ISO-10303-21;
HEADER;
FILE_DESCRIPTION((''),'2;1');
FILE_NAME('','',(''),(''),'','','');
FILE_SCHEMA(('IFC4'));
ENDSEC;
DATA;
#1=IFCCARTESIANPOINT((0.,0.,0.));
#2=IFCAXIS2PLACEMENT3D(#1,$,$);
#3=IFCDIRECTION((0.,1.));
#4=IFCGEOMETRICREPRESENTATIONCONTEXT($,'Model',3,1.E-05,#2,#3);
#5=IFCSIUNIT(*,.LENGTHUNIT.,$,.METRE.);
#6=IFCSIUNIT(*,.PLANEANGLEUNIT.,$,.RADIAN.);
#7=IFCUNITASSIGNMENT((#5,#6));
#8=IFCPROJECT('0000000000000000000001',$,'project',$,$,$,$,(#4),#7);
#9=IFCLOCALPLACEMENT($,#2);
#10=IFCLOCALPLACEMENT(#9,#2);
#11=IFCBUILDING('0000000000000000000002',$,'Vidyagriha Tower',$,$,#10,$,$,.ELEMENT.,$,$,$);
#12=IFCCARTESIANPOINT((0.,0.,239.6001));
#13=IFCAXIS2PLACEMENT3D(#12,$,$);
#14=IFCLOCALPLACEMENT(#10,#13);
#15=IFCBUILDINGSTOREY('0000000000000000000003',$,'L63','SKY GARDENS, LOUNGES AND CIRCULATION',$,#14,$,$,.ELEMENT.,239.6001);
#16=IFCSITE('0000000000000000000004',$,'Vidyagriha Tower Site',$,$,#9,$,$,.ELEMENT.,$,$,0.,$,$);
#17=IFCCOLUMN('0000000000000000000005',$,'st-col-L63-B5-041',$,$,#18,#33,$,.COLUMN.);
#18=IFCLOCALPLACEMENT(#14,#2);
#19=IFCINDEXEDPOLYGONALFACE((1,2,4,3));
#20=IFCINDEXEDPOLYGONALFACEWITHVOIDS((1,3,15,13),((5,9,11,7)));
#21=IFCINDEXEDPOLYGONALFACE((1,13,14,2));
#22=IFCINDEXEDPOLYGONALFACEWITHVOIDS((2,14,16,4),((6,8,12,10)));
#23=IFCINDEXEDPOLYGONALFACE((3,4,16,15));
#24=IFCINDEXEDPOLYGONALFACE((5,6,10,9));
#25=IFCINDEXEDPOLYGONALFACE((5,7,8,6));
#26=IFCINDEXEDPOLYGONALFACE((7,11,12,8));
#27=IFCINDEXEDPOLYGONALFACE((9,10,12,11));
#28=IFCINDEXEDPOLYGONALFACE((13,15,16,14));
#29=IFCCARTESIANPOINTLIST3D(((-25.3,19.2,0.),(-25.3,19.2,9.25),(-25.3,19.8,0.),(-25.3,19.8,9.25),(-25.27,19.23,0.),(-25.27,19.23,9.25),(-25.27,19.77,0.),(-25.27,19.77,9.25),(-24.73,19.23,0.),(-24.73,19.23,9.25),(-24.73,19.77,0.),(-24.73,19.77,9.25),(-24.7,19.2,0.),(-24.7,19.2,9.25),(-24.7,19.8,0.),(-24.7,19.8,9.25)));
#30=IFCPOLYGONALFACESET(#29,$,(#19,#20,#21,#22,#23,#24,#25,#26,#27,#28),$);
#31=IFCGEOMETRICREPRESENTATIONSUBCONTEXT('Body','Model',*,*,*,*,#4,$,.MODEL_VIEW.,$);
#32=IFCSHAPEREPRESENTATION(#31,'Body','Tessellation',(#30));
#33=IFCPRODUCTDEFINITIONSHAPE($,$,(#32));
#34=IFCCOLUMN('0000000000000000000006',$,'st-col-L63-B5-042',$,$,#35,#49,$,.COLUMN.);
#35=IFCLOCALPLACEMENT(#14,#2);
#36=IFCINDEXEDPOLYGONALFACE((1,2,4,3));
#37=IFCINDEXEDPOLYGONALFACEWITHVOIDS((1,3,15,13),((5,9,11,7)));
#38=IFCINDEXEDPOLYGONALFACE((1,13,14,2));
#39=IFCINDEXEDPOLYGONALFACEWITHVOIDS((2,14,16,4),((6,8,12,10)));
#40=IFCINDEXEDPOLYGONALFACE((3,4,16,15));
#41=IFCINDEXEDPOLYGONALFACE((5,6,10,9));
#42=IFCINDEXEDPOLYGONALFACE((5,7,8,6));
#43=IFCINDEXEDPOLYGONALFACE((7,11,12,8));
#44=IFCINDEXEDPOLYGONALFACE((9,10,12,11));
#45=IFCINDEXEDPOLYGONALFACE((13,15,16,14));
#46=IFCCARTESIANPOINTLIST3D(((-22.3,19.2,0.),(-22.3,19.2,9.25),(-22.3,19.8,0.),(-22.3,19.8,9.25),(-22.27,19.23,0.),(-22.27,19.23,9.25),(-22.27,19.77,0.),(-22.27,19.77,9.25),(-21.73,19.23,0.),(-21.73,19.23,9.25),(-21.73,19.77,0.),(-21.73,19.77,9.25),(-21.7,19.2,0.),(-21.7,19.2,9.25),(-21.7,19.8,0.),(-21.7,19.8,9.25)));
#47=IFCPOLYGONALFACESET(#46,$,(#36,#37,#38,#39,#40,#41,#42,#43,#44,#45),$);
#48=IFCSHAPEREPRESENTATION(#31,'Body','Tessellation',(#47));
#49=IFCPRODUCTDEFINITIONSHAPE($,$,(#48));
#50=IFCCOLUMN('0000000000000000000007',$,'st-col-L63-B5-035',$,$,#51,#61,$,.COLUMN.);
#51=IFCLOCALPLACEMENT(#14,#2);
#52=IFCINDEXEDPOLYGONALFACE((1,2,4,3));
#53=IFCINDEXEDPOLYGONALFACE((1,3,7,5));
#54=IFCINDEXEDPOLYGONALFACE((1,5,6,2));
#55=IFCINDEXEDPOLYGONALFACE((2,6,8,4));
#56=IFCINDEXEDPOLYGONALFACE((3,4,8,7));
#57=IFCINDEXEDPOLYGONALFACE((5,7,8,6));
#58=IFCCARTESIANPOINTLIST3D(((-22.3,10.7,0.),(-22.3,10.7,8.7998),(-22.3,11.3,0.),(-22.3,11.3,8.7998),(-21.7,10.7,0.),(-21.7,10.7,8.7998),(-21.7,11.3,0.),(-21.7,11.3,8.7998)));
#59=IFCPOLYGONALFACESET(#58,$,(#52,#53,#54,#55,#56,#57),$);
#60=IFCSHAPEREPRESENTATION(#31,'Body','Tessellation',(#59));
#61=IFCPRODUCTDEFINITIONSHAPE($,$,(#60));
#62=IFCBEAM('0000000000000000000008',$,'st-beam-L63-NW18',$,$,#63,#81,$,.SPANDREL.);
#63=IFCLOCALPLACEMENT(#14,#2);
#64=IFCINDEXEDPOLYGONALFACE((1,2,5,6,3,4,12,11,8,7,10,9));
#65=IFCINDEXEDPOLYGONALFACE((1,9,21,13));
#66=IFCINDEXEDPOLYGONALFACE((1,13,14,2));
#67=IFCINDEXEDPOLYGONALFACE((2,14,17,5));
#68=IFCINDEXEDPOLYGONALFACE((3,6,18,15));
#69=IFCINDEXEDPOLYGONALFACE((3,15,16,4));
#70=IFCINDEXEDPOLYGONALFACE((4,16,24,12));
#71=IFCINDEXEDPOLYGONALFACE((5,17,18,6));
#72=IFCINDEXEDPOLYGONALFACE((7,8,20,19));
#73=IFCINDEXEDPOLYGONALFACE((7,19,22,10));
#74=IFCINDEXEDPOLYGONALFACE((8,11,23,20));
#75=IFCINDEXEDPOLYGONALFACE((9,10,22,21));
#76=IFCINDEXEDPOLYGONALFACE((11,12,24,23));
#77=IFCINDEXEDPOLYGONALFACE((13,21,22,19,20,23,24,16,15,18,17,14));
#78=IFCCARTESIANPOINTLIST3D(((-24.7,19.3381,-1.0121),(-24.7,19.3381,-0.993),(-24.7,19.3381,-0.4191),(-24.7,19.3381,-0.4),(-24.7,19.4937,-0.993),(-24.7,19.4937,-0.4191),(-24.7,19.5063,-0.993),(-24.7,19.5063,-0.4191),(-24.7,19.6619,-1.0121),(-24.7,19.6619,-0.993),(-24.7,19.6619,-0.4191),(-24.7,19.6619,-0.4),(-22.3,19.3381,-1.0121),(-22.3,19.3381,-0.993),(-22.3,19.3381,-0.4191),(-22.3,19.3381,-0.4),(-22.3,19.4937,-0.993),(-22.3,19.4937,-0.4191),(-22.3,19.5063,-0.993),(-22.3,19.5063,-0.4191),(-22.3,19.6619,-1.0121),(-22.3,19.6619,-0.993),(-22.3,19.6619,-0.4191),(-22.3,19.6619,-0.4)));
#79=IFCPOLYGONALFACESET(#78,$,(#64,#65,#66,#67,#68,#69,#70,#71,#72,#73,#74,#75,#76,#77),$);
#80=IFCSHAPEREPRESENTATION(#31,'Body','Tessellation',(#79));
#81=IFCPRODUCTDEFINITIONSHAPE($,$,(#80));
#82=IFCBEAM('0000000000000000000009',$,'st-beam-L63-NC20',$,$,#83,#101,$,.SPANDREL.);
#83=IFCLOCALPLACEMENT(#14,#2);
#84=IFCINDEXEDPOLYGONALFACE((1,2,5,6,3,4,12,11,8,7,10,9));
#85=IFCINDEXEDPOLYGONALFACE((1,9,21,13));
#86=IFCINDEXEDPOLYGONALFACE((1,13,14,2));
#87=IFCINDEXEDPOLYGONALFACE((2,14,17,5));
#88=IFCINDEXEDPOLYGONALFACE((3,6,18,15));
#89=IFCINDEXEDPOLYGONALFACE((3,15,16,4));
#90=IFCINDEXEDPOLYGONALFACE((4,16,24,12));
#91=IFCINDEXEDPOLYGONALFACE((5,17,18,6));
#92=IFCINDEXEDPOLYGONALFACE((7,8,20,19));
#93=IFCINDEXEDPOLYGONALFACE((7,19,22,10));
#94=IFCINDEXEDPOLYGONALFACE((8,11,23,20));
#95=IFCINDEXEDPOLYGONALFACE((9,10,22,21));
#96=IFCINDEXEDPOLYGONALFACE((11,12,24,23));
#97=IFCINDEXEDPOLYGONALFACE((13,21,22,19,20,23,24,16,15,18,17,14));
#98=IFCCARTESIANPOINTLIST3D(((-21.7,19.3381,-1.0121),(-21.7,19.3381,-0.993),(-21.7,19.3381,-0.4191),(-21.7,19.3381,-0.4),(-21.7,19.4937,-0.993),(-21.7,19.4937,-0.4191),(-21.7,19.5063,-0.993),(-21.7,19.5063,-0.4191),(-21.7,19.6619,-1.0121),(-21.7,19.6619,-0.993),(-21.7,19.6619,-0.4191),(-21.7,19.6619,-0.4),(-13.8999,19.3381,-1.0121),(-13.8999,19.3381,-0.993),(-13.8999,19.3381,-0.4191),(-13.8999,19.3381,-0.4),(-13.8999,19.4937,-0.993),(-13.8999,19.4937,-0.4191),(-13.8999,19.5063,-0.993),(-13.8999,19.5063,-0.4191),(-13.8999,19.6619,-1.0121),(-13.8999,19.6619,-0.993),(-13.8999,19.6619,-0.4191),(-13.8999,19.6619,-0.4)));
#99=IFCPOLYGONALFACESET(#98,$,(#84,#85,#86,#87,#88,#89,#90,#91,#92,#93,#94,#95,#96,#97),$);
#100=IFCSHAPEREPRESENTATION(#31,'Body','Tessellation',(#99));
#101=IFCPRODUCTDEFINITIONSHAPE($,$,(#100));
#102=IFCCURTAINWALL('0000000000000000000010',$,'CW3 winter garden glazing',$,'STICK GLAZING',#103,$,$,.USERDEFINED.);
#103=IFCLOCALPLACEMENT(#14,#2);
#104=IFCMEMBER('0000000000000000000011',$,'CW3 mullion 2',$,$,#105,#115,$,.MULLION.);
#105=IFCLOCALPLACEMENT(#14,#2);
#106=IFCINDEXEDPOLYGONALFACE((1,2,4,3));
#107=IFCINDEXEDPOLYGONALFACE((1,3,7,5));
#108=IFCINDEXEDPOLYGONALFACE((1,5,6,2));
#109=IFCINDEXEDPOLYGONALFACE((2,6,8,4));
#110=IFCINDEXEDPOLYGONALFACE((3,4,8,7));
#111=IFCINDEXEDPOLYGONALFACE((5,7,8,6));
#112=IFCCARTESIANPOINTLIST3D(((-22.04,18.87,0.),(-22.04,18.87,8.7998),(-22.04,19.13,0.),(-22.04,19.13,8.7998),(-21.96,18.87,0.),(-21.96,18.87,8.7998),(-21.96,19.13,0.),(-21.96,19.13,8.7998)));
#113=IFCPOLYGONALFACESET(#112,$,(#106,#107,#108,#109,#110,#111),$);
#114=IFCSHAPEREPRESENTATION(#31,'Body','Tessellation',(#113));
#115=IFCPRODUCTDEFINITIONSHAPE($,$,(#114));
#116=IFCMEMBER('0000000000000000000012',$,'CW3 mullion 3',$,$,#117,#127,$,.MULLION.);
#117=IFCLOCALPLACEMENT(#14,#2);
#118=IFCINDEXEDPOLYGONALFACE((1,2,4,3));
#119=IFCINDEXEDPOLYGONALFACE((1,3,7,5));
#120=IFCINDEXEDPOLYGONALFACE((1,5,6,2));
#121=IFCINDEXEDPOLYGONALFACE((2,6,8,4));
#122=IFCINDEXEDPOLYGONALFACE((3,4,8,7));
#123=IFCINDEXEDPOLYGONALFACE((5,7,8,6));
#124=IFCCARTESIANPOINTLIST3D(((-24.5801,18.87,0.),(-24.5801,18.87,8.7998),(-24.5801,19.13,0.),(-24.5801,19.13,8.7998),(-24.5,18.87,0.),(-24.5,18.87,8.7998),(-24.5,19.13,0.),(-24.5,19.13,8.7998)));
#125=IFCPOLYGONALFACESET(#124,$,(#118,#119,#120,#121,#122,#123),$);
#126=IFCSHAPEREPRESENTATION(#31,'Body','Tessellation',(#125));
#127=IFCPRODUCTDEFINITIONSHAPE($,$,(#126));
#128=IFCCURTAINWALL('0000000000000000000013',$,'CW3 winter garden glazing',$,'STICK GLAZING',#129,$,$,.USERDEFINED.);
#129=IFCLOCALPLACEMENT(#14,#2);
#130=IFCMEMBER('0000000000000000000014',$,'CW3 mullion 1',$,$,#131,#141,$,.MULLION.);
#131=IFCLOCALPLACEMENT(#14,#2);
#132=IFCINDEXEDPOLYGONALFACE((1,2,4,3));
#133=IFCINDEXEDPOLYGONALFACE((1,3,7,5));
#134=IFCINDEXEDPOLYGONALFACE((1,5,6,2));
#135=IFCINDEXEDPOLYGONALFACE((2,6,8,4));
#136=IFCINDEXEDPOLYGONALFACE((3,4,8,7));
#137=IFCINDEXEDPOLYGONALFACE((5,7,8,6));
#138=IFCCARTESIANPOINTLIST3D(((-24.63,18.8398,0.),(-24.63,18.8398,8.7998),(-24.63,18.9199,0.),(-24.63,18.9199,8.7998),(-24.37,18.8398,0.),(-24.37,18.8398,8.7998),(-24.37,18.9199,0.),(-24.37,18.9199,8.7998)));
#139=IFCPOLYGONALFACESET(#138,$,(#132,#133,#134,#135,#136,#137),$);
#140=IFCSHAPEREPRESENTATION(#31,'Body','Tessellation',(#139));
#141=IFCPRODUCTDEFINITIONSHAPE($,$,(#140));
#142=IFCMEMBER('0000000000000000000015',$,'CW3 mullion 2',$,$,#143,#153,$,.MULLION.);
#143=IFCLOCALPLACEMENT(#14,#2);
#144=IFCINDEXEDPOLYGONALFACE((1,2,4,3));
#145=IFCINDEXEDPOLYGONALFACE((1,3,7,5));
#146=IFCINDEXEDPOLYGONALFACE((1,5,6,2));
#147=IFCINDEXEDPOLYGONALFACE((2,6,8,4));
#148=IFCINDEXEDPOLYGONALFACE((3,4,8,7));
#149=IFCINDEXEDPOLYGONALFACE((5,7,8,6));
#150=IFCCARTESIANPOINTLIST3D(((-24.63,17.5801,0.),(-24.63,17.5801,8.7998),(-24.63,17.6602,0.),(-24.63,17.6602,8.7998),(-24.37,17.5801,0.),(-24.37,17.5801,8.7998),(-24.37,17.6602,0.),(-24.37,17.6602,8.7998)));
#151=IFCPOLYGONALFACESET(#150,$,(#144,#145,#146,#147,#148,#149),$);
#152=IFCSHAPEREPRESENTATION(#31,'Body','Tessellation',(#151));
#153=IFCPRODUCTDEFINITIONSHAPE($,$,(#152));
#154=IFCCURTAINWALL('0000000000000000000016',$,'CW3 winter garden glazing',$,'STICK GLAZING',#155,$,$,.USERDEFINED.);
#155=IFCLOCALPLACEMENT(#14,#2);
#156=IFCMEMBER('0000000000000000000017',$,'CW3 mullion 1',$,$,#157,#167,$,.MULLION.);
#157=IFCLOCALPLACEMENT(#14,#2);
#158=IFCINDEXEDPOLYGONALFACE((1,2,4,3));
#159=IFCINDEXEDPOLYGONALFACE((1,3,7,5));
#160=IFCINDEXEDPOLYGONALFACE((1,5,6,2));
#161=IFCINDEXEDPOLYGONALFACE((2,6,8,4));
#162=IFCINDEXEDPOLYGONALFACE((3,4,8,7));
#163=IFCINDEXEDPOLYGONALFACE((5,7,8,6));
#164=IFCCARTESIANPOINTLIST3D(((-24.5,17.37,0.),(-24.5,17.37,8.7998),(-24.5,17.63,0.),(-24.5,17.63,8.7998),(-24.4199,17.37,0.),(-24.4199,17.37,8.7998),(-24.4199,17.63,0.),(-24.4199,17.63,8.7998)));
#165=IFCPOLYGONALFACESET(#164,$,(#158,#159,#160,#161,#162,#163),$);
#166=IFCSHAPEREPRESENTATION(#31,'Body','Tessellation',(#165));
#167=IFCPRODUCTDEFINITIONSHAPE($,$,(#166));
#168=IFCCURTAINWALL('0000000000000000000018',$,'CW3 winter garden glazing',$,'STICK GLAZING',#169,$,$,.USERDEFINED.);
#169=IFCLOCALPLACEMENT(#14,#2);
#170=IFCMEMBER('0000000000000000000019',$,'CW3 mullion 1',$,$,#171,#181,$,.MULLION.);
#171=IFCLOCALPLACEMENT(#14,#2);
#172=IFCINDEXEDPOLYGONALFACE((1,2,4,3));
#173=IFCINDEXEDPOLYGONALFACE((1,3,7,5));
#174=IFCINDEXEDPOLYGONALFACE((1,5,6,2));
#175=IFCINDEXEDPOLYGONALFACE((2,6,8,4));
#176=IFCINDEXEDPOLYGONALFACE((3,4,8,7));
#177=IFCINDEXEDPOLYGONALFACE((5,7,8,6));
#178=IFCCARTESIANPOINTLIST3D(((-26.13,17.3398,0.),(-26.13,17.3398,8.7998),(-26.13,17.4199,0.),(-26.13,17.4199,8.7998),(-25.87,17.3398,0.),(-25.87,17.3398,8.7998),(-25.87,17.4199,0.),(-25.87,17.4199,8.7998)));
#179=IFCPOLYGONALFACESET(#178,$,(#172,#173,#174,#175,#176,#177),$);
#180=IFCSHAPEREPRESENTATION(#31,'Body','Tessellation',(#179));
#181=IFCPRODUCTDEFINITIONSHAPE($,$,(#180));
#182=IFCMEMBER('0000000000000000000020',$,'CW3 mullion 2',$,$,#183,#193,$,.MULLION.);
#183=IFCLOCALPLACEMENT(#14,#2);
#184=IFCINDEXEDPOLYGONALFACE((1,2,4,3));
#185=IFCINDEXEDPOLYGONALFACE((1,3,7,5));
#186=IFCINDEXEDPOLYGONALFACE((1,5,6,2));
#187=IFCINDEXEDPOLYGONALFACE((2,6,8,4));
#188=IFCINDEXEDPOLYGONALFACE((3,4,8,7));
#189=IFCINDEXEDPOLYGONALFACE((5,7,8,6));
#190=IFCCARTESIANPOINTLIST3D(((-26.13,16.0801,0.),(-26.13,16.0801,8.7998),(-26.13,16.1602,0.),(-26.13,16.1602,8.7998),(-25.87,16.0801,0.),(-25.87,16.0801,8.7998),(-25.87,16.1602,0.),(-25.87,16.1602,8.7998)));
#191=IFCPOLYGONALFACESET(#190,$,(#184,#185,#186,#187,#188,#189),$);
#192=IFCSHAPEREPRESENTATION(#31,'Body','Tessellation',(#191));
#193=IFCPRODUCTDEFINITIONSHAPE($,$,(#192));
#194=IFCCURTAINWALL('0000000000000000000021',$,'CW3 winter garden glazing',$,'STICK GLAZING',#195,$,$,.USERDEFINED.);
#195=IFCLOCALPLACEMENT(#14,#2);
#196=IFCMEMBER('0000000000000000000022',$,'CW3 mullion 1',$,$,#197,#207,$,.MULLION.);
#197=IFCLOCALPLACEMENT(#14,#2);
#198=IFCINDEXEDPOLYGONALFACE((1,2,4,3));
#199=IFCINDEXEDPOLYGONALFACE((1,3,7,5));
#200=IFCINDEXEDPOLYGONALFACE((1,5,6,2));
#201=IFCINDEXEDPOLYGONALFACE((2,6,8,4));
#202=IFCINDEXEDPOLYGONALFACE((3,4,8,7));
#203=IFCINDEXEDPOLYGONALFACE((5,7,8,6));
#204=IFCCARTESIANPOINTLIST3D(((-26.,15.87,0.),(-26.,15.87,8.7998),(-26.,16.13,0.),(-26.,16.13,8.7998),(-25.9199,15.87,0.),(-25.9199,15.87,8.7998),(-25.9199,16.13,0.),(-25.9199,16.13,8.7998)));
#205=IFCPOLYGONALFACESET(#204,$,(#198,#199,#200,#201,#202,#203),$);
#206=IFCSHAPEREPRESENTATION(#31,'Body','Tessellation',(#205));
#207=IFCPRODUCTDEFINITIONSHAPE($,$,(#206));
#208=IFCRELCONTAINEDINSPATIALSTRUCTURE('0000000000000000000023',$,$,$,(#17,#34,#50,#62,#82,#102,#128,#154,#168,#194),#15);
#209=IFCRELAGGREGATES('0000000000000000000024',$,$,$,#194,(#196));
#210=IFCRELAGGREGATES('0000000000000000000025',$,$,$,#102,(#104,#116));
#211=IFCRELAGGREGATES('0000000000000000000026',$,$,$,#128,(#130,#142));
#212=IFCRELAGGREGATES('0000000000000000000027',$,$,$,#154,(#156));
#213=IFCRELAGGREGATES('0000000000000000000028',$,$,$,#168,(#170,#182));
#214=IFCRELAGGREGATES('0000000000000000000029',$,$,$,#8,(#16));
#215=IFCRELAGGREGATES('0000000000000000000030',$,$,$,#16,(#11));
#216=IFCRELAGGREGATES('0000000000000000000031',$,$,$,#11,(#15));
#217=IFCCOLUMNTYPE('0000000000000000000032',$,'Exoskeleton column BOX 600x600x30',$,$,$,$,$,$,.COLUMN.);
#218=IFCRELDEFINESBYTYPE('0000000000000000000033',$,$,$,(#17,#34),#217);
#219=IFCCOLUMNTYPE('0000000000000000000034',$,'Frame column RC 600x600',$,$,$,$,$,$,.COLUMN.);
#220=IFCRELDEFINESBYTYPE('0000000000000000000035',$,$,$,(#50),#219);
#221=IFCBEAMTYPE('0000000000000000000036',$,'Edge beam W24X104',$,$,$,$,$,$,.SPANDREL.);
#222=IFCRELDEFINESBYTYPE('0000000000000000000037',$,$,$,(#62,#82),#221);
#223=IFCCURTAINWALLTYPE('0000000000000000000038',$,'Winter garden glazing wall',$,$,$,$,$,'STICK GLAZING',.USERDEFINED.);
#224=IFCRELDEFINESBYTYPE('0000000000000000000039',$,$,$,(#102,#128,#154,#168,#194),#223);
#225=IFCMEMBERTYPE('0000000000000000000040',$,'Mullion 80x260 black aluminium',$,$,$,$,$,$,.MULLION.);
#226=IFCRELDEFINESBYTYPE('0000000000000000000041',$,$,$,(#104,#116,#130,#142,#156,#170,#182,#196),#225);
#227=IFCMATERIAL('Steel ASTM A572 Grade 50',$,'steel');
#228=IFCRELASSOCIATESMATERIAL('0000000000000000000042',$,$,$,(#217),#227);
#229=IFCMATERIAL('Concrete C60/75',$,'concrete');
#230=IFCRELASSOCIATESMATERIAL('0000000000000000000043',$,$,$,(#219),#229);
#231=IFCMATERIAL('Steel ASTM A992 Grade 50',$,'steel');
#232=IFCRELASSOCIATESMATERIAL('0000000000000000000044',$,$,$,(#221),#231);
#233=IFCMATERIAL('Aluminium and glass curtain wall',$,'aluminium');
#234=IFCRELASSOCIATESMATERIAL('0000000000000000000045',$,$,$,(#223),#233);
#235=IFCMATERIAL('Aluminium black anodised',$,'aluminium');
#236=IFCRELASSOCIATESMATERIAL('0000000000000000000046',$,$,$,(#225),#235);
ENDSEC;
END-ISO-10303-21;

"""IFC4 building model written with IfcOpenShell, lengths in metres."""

from ifc_helpers import new_model, si_unit, direction, frame, origin, origin_2d, place, context, subcontext, project, spatial, rectangle, hollow_rectangle, i_section, extrude, material, material_profile, profile_set, type_object, element, aggregate, save


model = new_model("IFC4")

# Units and contexts
model_context = context("Model", 3, precision=1e-05, world=origin(), true_north=direction((0.0, 1.0)))
body_context = subcontext(model_context, "Body", "Model", "MODEL_VIEW")
ifc_project = project(units=[si_unit("LENGTHUNIT", "METRE"), si_unit("PLANEANGLEUNIT", "RADIAN")], contexts=[model_context])

# Site, building, storey
site_placement = place(None, origin())
site = spatial("IfcSite", under=ifc_project, at=site_placement, Name="Vidyagriha Tower Site", CompositionType="ELEMENT", RefElevation=0.0)
building_placement = place(site_placement, origin())
building = spatial("IfcBuilding", under=site, at=building_placement, Name="Vidyagriha Tower", CompositionType="ELEMENT")
storey_placement = place(building_placement, frame((0.0, 0.0, 239.6001)))
storey = spatial("IfcBuildingStorey", under=building, at=storey_placement, Name="L63", Description="SKY GARDENS, LOUNGES AND CIRCULATION", CompositionType="ELEMENT", Elevation=239.6001)

# Columns
ifc_material_1 = material(Name="Steel ASTM A572 Grade 50", Category="steel")
ifc_material_profile_1 = material_profile(ifc_material_1, hollow_rectangle(XDim=0.6001, YDim=0.6001, WallThickness=0.03, at=origin_2d()), Name="BOX 600x600x30")
ifc_profile_set_1 = profile_set([ifc_material_profile_1], Name="Steel ASTM A572 Grade 50")
column_type_1 = type_object("IfcColumnType", Name="Exoskeleton column BOX 600x600x30", PredefinedType="COLUMN", material=ifc_profile_set_1)
for number, where, name in (
    (1, (-25.0, 19.5, 0.0), "st-col-L63-B5-041"),
    (2, (-22.0, 19.5, 0.0), "st-col-L63-B5-042"),
):
    element("IfcColumn", number, at=place(storey_placement, frame(where)), inside=storey, type_object=column_type_1, Name=name, PredefinedType="COLUMN", context=body_context, shape_type="SweptSolid", body=[
        extrude(hollow_rectangle(XDim=0.6001, YDim=0.6001, WallThickness=0.03, at=origin_2d()), origin(), (0.0, 0.0, 1.0), 9.25),
    ])
ifc_material_2 = material(Name="Concrete C60/75", Category="concrete")
ifc_material_profile_2 = material_profile(ifc_material_2, rectangle(XDim=0.6001, YDim=0.6001, at=origin_2d()), Name="RC 600x600")
ifc_profile_set_2 = profile_set([ifc_material_profile_2], Name="Concrete C60/75")
column_type_2 = type_object("IfcColumnType", Name="Frame column RC 600x600", PredefinedType="COLUMN", material=ifc_profile_set_2)
column_placement = place(storey_placement, frame((-22.0, 11.0, 0.0)))
element("IfcColumn", 3, at=column_placement, inside=storey, type_object=column_type_2, Name="st-col-L63-B5-035", PredefinedType="COLUMN", context=body_context, shape_type="SweptSolid", body=[
    extrude(rectangle(XDim=0.6001, YDim=0.6001, at=origin_2d()), origin(), (0.0, 0.0, 1.0), 8.7998),
])

# Beams
ifc_material_3 = material(Name="Steel ASTM A992 Grade 50", Category="steel")
ifc_material_profile_3 = material_profile(ifc_material_3, i_section(OverallWidth=0.3237, OverallDepth=0.6121, WebThickness=0.0127, FlangeThickness=0.019, at=origin_2d()), Name="W24X104")
ifc_profile_set_3 = profile_set([ifc_material_profile_3], Name="Steel ASTM A992 Grade 50")
beam_type = type_object("IfcBeamType", Name="Edge beam W24X104", PredefinedType="SPANDREL", material=ifc_profile_set_3)
beam_1_placement = place(storey_placement, frame((-24.7, 19.5, -0.7061), z_axis=(1.0, 0.0, 0.0), x_axis=(0.0, 1.0, 0.0)))
element("IfcBeam", 4, at=beam_1_placement, inside=storey, type_object=beam_type, Name="st-beam-L63-NW18", PredefinedType="SPANDREL", context=body_context, shape_type="SweptSolid", body=[
    extrude(i_section(OverallWidth=0.3237, OverallDepth=0.6121, WebThickness=0.0127, FlangeThickness=0.019, at=origin_2d()), origin(), (0.0, 0.0, 1.0), 2.3999),
])
beam_2_placement = place(storey_placement, frame((-21.7, 19.5, -0.7061), z_axis=(1.0, 0.0, 0.0), x_axis=(0.0, 1.0, 0.0)))
element("IfcBeam", 5, at=beam_2_placement, inside=storey, type_object=beam_type, Name="st-beam-L63-NC20", PredefinedType="SPANDREL", context=body_context, shape_type="SweptSolid", body=[
    extrude(i_section(OverallWidth=0.3237, OverallDepth=0.6121, WebThickness=0.0127, FlangeThickness=0.019, at=origin_2d()), origin(), (0.0, 0.0, 1.0), 7.8),
])

# Curtain walls, members
ifc_material_4 = material(Name="Aluminium and glass curtain wall", Category="aluminium")
curtain_wall_type = type_object("IfcCurtainWallType", Name="Winter garden glazing wall", ElementType="STICK GLAZING", PredefinedType="USERDEFINED", material=ifc_material_4)
curtain_wall_1_placement = place(storey_placement, origin())
curtain_wall_1 = element("IfcCurtainWall", 6, at=curtain_wall_1_placement, inside=storey, type_object=curtain_wall_type, Name="CW3 winter garden glazing", ObjectType="STICK GLAZING", PredefinedType="USERDEFINED")
ifc_material_5 = material(Name="Aluminium black anodised", Category="aluminium")
ifc_material_profile_4 = material_profile(ifc_material_5, rectangle(XDim=0.26, YDim=0.0801, at=origin_2d()), Name="Mullion 80x260 black aluminium")
ifc_profile_set_4 = profile_set([ifc_material_profile_4], Name="Aluminium black anodised")
member_type_1 = type_object("IfcMemberType", Name="Mullion 80x260 black aluminium", PredefinedType="MULLION", material=ifc_profile_set_4)
member_1_placement = place(storey_placement, frame((-22.0, 19.0, 0.0), z_axis=(0.0, 0.0, 1.0), x_axis=(0.0, -1.0, 0.0)))
member_1 = element("IfcMember", 7, at=member_1_placement, type_object=member_type_1, Name="CW3 mullion 2", PredefinedType="MULLION", context=body_context, shape_type="SweptSolid", body=[
    extrude(rectangle(XDim=0.26, YDim=0.0801, at=origin_2d()), origin(), (0.0, 0.0, 1.0), 8.7998),
])
member_2_placement = place(storey_placement, frame((-24.54, 19.0, 0.0), z_axis=(0.0, 0.0, 1.0), x_axis=(0.0, -1.0, 0.0)))
member_2 = element("IfcMember", 8, at=member_2_placement, type_object=member_type_1, Name="CW3 mullion 3", PredefinedType="MULLION", context=body_context, shape_type="SweptSolid", body=[
    extrude(rectangle(XDim=0.26, YDim=0.0801, at=origin_2d()), origin(), (0.0, 0.0, 1.0), 8.7998),
])
curtain_wall_2_placement = place(storey_placement, origin())
curtain_wall_2 = element("IfcCurtainWall", 9, at=curtain_wall_2_placement, inside=storey, type_object=curtain_wall_type, Name="CW3 winter garden glazing", ObjectType="STICK GLAZING", PredefinedType="USERDEFINED")
member_3_placement = place(storey_placement, frame((-24.5, 18.8799, 0.0)))
member_3 = element("IfcMember", 10, at=member_3_placement, type_object=member_type_1, Name="CW3 mullion 1", PredefinedType="MULLION", context=body_context, shape_type="SweptSolid", body=[
    extrude(rectangle(XDim=0.26, YDim=0.0801, at=origin_2d()), origin(), (0.0, 0.0, 1.0), 8.7998),
])
member_4_placement = place(storey_placement, frame((-24.5, 17.6201, 0.0)))
member_4 = element("IfcMember", 11, at=member_4_placement, type_object=member_type_1, Name="CW3 mullion 2", PredefinedType="MULLION", context=body_context, shape_type="SweptSolid", body=[
    extrude(rectangle(XDim=0.26, YDim=0.0801, at=origin_2d()), origin(), (0.0, 0.0, 1.0), 8.7998),
])

# Curtain wall, member
curtain_wall_3_placement = place(storey_placement, origin())
curtain_wall_3 = element("IfcCurtainWall", 12, at=curtain_wall_3_placement, inside=storey, type_object=curtain_wall_type, Name="CW3 winter garden glazing", ObjectType="STICK GLAZING", PredefinedType="USERDEFINED")
member_5_placement = place(storey_placement, frame((-24.46, 17.5, 0.0), z_axis=(0.0, 0.0, 1.0), x_axis=(0.0, -1.0, 0.0)))
member_5 = element("IfcMember", 13, at=member_5_placement, type_object=member_type_1, Name="CW3 mullion 1", PredefinedType="MULLION", context=body_context, shape_type="SweptSolid", body=[
    extrude(rectangle(XDim=0.26, YDim=0.0801, at=origin_2d()), origin(), (0.0, 0.0, 1.0), 8.7998),
])

# Curtain wall, members
curtain_wall_4_placement = place(storey_placement, origin())
curtain_wall_4 = element("IfcCurtainWall", 14, at=curtain_wall_4_placement, inside=storey, type_object=curtain_wall_type, Name="CW3 winter garden glazing", ObjectType="STICK GLAZING", PredefinedType="USERDEFINED")
member_6_placement = place(storey_placement, frame((-26.0, 17.3799, 0.0)))
member_6 = element("IfcMember", 15, at=member_6_placement, type_object=member_type_1, Name="CW3 mullion 1", PredefinedType="MULLION", context=body_context, shape_type="SweptSolid", body=[
    extrude(rectangle(XDim=0.26, YDim=0.0801, at=origin_2d()), origin(), (0.0, 0.0, 1.0), 8.7998),
])
member_7_placement = place(storey_placement, frame((-26.0, 16.1201, 0.0)))
member_7 = element("IfcMember", 16, at=member_7_placement, type_object=member_type_1, Name="CW3 mullion 2", PredefinedType="MULLION", context=body_context, shape_type="SweptSolid", body=[
    extrude(rectangle(XDim=0.26, YDim=0.0801, at=origin_2d()), origin(), (0.0, 0.0, 1.0), 8.7998),
])

# Curtain wall, member
curtain_wall_5_placement = place(storey_placement, origin())
curtain_wall_5 = element("IfcCurtainWall", 17, at=curtain_wall_5_placement, inside=storey, type_object=curtain_wall_type, Name="CW3 winter garden glazing", ObjectType="STICK GLAZING", PredefinedType="USERDEFINED")
member_8_placement = place(storey_placement, frame((-25.96, 16.0, 0.0), z_axis=(0.0, 0.0, 1.0), x_axis=(0.0, -1.0, 0.0)))
member_8 = element("IfcMember", 18, at=member_8_placement, type_object=member_type_1, Name="CW3 mullion 1", PredefinedType="MULLION", context=body_context, shape_type="SweptSolid", body=[
    extrude(rectangle(XDim=0.26, YDim=0.0801, at=origin_2d()), origin(), (0.0, 0.0, 1.0), 8.7998),
])
aggregate(curtain_wall_5, [member_8])

aggregate(curtain_wall_1, [member_1, member_2])
aggregate(curtain_wall_2, [member_3, member_4])
aggregate(curtain_wall_3, [member_5])
aggregate(curtain_wall_4, [member_6, member_7])

save(model, "model.ifc")
